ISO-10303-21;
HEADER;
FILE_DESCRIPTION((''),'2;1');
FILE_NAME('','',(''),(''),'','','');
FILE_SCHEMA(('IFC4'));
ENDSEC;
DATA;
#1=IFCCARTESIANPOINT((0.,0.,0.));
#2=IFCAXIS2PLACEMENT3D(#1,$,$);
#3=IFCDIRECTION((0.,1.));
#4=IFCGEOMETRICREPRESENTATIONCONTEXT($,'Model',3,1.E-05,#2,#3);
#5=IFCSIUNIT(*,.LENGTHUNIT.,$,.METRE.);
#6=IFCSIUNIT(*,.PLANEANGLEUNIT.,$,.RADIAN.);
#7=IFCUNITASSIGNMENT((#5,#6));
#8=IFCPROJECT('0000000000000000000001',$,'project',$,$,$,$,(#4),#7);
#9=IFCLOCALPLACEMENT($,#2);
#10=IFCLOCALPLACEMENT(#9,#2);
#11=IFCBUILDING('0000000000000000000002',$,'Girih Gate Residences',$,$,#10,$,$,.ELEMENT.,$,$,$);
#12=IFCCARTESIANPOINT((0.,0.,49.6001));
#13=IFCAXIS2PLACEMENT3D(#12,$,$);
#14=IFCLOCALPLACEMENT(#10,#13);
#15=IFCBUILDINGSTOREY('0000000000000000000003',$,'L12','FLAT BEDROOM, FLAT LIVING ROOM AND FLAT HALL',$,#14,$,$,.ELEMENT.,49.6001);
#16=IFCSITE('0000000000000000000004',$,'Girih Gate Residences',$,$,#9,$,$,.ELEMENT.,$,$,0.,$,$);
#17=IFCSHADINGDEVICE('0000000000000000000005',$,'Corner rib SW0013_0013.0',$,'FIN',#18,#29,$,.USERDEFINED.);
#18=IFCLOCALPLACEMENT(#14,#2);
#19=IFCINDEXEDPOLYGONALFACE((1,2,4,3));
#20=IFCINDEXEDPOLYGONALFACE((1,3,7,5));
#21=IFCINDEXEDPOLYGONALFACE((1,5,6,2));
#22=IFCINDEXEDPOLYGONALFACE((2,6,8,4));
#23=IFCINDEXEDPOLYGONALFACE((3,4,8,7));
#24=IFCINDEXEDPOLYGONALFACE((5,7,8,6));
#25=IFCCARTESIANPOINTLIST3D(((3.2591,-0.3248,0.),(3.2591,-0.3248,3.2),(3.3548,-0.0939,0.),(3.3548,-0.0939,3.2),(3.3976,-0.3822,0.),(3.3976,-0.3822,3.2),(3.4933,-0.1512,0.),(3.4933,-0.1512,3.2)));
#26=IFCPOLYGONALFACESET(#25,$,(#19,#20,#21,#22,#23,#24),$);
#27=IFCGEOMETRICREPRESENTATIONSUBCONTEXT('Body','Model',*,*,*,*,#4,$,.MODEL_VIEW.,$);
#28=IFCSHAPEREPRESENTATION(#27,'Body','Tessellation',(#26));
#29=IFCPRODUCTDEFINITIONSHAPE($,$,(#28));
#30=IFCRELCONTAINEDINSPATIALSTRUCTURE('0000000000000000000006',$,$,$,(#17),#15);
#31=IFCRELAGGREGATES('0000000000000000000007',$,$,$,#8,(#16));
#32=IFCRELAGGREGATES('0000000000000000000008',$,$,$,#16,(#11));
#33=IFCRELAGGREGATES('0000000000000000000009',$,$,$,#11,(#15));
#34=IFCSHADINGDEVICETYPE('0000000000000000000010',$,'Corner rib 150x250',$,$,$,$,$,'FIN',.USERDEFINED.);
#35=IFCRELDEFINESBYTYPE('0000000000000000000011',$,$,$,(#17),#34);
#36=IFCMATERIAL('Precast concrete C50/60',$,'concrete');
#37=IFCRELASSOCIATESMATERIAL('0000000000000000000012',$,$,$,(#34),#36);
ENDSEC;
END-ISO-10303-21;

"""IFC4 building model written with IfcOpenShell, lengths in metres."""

from ifc_helpers import new_model, si_unit, direction, frame, origin, origin_2d, place, context, subcontext, project, spatial, rectangle, extrude, material, type_object, element, save


model = new_model("IFC4")

# Units and contexts
model_context = context("Model", 3, precision=1e-05, world=origin(), true_north=direction((0.0, 1.0)))
body_context = subcontext(model_context, "Body", "Model", "MODEL_VIEW")
ifc_project = project(units=[si_unit("LENGTHUNIT", "METRE"), si_unit("PLANEANGLEUNIT", "RADIAN")], contexts=[model_context])

# Site, building, storey
site_placement = place(None, origin())
site = spatial("IfcSite", under=ifc_project, at=site_placement, Name="Girih Gate Residences", CompositionType="ELEMENT", RefElevation=0.0)
building_placement = place(site_placement, origin())
building = spatial("IfcBuilding", under=site, at=building_placement, Name="Girih Gate Residences", CompositionType="ELEMENT")
storey_placement = place(building_placement, frame((0.0, 0.0, 49.6001)))
storey = spatial("IfcBuildingStorey", under=building, at=storey_placement, Name="L12", Description="FLAT BEDROOM, FLAT LIVING ROOM AND FLAT HALL", CompositionType="ELEMENT", Elevation=49.6001)

# Shared definitions
ifc_material_1 = material(Name="Precast concrete C50/60", Category="concrete")

# Shading device
shading_device_type = type_object("IfcShadingDeviceType", Name="Corner rib 150x250", ElementType="FIN", PredefinedType="USERDEFINED", material=ifc_material_1)
for number, where, z_axis, x_axis, name in (
    (1, (3.3762, -0.238, 0.0), (0.0, 0.0, 1.0), (0.92388, -0.382683, 0.0), "Corner rib SW0013_0013.0"),
):
    element("IfcShadingDevice", number, at=place(storey_placement, frame(where, z_axis=z_axis, x_axis=x_axis)), inside=storey, type_object=shading_device_type, Name=name, ObjectType="FIN", PredefinedType="USERDEFINED", context=body_context, shape_type="SweptSolid", body=[
        extrude(rectangle(XDim=0.1499, YDim=0.25, at=origin_2d()), origin(), (0.0, 0.0, 1.0), 3.2),
    ])

save(model, "model.ifc")
